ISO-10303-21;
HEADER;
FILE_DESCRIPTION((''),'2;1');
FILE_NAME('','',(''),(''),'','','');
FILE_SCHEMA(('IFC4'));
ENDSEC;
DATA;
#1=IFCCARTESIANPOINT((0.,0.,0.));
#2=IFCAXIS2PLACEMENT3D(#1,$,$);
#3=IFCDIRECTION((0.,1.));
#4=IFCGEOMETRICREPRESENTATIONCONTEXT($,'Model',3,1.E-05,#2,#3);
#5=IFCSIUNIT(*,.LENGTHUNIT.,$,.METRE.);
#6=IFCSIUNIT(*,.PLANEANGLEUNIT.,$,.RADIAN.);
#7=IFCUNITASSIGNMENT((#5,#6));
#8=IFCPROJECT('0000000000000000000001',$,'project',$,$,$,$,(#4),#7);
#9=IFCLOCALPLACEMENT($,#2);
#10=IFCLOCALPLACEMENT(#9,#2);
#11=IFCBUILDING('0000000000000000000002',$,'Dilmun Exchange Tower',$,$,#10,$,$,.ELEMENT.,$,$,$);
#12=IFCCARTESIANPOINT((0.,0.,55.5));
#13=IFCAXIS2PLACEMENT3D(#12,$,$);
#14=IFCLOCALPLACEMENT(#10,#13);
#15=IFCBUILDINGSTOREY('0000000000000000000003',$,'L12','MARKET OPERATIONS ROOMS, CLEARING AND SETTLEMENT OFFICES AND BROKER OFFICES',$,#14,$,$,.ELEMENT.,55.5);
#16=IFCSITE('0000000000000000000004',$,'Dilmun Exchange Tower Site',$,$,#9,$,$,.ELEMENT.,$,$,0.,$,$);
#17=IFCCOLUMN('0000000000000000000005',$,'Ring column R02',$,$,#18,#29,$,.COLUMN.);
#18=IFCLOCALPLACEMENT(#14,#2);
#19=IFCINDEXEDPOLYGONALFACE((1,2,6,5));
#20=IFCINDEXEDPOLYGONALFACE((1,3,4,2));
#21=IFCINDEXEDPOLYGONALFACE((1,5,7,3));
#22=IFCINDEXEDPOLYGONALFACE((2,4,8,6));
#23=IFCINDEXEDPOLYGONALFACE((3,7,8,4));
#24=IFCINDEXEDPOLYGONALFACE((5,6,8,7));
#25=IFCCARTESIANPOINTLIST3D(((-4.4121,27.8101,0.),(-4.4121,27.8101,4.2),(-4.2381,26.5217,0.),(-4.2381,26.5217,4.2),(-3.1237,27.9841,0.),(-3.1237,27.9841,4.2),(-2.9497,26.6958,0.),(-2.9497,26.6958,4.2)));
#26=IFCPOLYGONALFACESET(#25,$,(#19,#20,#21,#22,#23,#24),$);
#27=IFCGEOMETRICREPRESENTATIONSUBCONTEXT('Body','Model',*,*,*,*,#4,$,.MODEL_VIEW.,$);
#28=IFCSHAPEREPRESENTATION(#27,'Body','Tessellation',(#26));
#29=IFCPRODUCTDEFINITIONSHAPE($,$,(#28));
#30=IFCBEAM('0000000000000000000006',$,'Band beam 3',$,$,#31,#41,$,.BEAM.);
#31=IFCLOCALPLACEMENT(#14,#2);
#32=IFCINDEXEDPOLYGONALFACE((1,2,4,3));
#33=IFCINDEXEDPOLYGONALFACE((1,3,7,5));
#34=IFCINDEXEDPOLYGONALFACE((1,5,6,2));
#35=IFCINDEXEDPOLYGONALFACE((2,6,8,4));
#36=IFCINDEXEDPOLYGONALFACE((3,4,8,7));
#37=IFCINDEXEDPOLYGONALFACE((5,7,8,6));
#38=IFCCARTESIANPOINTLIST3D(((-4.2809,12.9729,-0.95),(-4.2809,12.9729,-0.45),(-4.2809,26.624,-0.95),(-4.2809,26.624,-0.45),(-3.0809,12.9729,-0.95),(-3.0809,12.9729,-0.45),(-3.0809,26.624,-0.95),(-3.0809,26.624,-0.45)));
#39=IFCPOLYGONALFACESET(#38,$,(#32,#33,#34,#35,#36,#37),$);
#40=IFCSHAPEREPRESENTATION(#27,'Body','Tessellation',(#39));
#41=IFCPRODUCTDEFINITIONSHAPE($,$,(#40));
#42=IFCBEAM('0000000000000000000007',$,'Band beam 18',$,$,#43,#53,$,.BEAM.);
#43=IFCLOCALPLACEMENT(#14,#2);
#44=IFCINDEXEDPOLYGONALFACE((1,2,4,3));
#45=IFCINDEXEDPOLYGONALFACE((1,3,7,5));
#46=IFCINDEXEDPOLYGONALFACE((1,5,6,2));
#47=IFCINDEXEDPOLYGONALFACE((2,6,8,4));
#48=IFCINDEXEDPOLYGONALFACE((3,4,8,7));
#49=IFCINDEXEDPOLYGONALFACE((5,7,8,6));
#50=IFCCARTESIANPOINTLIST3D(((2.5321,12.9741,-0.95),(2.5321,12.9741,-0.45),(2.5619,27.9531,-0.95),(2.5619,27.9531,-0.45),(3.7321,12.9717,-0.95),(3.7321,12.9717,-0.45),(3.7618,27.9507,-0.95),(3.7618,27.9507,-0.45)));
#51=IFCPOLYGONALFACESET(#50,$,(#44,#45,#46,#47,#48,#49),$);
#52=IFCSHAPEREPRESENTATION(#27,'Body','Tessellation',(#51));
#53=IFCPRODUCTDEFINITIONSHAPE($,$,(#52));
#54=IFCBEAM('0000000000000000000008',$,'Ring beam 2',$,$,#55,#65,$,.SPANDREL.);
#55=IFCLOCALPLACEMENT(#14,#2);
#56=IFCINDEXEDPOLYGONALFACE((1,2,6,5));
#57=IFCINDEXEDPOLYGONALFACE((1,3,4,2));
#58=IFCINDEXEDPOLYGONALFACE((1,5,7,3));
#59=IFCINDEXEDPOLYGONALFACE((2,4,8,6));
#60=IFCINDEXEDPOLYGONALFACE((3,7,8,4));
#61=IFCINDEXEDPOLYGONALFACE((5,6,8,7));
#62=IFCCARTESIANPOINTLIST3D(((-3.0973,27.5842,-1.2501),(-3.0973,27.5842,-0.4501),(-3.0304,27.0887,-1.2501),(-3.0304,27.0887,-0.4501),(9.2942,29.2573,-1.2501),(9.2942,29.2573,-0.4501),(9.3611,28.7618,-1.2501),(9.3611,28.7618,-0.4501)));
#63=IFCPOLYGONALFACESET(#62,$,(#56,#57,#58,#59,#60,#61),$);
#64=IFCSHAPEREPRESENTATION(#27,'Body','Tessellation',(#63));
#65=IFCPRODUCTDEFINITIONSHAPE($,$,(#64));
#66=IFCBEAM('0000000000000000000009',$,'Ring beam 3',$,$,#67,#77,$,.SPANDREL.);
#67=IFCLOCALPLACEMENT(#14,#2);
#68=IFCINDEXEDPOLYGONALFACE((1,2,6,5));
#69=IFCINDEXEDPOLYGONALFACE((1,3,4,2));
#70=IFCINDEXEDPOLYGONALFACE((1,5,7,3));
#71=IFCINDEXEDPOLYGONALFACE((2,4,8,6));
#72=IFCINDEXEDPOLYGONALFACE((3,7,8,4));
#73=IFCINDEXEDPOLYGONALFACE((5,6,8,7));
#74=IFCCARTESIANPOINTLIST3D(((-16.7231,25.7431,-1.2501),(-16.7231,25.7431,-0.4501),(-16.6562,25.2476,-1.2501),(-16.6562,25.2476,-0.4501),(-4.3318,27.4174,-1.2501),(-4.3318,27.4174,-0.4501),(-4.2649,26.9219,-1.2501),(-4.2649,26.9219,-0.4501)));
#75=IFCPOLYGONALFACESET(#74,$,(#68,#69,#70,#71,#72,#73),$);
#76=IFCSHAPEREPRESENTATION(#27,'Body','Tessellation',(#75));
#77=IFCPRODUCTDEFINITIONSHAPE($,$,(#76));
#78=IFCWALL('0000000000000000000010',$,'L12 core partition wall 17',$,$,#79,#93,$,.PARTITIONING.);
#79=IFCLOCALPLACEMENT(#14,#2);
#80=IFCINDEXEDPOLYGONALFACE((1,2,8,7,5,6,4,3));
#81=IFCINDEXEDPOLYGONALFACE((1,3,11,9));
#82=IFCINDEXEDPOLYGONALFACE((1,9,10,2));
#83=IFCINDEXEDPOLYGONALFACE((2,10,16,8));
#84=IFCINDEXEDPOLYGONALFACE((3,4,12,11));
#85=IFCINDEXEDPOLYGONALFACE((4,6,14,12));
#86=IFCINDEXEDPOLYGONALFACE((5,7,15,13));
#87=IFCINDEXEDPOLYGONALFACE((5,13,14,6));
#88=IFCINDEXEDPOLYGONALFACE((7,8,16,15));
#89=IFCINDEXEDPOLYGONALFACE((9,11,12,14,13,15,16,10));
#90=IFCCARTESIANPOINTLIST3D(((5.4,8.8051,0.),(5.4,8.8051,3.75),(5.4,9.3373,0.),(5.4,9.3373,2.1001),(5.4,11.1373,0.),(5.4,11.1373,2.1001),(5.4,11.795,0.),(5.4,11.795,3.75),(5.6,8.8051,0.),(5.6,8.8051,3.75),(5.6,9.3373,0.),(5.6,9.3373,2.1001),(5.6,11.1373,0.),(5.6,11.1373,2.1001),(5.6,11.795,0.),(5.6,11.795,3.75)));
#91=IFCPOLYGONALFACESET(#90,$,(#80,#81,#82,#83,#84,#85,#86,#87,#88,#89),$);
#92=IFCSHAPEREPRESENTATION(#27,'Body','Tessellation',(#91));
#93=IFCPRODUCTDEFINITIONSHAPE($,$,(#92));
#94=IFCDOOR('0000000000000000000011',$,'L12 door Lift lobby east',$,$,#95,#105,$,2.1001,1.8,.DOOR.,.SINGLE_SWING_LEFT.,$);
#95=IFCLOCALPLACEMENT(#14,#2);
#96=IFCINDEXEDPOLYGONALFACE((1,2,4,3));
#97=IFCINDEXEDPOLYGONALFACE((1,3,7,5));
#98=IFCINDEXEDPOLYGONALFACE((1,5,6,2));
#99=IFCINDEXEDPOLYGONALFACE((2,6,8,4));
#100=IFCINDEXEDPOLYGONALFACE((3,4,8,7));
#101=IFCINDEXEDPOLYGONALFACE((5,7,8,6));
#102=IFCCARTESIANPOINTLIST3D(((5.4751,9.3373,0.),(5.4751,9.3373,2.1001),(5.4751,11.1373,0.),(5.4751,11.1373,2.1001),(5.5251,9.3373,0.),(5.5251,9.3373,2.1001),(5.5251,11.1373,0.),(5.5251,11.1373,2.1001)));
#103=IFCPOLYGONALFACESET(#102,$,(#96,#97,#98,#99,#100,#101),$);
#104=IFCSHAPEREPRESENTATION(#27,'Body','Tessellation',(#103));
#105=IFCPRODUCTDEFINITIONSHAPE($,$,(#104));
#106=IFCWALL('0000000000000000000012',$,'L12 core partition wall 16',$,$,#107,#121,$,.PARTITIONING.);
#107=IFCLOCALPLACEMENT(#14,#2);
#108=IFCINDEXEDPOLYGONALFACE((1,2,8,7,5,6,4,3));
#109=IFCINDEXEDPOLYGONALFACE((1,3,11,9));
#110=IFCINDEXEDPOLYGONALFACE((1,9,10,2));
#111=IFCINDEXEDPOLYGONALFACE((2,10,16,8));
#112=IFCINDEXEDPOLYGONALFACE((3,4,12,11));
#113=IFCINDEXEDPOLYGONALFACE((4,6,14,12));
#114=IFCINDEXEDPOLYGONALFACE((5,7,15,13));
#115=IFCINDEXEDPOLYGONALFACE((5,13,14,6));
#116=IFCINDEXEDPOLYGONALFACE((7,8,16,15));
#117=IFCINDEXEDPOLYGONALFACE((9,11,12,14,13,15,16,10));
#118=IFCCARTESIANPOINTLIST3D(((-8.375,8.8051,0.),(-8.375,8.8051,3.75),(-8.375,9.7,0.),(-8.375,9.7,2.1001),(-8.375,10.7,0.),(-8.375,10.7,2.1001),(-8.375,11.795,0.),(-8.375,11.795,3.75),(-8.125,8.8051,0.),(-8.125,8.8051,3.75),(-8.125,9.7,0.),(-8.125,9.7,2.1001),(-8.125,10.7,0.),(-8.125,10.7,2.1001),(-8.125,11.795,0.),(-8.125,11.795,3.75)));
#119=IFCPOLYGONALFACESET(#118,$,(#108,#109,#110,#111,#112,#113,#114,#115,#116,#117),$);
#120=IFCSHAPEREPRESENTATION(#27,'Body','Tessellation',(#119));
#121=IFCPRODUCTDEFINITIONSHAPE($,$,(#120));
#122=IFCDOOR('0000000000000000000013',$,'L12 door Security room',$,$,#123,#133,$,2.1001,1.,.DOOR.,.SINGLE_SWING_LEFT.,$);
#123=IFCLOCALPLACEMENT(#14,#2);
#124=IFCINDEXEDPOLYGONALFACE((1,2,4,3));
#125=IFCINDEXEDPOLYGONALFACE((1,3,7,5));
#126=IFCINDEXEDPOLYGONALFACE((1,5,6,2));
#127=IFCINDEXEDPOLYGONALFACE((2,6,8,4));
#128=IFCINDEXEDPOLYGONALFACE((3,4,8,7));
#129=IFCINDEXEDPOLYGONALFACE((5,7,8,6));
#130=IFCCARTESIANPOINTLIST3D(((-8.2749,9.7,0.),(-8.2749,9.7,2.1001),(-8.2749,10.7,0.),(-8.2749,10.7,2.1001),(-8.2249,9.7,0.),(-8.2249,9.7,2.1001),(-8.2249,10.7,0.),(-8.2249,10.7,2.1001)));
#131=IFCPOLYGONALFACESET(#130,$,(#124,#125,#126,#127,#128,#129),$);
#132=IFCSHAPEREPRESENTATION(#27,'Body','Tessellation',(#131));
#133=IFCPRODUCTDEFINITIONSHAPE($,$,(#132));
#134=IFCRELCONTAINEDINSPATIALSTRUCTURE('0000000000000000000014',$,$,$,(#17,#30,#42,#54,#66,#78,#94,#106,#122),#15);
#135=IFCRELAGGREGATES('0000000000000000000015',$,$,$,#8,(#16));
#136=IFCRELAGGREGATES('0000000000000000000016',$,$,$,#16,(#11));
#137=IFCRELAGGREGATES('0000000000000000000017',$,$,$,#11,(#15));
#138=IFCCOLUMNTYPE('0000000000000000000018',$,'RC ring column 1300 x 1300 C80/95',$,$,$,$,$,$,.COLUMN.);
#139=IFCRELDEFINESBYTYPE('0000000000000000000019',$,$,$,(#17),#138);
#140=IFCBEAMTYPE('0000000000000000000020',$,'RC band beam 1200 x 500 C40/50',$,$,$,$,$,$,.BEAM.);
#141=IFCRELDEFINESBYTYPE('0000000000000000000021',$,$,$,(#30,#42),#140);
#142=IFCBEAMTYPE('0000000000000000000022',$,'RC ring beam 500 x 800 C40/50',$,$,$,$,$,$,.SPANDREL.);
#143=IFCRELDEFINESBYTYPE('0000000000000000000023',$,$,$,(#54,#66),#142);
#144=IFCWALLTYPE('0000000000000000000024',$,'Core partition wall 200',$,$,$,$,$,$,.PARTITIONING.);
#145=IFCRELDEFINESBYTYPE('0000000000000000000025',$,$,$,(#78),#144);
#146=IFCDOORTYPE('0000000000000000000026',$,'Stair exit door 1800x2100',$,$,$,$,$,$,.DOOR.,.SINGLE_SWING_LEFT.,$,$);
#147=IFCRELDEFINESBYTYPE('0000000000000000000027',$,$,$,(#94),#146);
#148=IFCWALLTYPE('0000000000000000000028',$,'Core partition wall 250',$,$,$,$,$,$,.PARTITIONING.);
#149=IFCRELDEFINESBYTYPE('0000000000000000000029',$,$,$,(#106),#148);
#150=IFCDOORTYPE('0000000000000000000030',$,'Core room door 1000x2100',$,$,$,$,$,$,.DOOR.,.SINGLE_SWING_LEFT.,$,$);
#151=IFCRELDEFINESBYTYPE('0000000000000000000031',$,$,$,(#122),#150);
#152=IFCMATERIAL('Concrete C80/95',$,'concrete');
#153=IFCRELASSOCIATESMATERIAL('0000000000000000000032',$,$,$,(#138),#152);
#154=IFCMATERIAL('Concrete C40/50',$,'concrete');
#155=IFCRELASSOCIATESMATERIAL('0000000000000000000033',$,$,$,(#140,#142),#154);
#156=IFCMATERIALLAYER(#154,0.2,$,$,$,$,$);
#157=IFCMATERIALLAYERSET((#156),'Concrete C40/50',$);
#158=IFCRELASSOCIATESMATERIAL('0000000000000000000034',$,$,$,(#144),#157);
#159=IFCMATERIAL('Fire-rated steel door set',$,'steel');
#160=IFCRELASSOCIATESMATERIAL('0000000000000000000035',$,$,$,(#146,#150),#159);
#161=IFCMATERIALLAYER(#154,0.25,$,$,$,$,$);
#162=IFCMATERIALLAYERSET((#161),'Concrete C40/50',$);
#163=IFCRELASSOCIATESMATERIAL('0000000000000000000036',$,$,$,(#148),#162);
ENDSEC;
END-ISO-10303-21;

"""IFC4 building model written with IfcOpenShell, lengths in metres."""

from ifc_helpers import new_model, si_unit, direction, frame, frame_2d, origin, origin_2d, place, context, subcontext, project, spatial, rectangle, extrude, material, layer, layer_set, material_profile, profile_set, type_object, element, fill, save


model = new_model("IFC4")

# Units and contexts
model_context = context("Model", 3, precision=1e-05, world=origin(), true_north=direction((0.0, 1.0)))
body_context = subcontext(model_context, "Body", "Model", "MODEL_VIEW")
ifc_project = project(units=[si_unit("LENGTHUNIT", "METRE"), si_unit("PLANEANGLEUNIT", "RADIAN")], contexts=[model_context])

# Site, building, storey
site_placement = place(None, origin())
site = spatial("IfcSite", under=ifc_project, at=site_placement, Name="Dilmun Exchange Tower Site", CompositionType="ELEMENT", RefElevation=0.0)
building_placement = place(site_placement, origin())
building = spatial("IfcBuilding", under=site, at=building_placement, Name="Dilmun Exchange Tower", CompositionType="ELEMENT")
storey_placement = place(building_placement, frame((0.0, 0.0, 55.5)))
storey = spatial("IfcBuildingStorey", under=building, at=storey_placement, Name="L12", Description="MARKET OPERATIONS ROOMS, CLEARING AND SETTLEMENT OFFICES AND BROKER OFFICES", CompositionType="ELEMENT", Elevation=55.5)

# Column
ifc_material_1 = material(Name="Concrete C80/95", Category="concrete")
ifc_material_profile_1 = material_profile(ifc_material_1, rectangle(XDim=1.3, YDim=1.3, at=origin_2d()), Name="1300 x 1300")
ifc_profile_set_1 = profile_set([ifc_material_profile_1], Name="Concrete C80/95")
column_type = type_object("IfcColumnType", Name="RC ring column 1300 x 1300 C80/95", PredefinedType="COLUMN", material=ifc_profile_set_1)
column_placement = place(storey_placement, frame((-3.6809, 27.2529, 0.0), z_axis=(0.0, 0.0, 1.0), x_axis=(0.991001, 0.133853, 0.0)))
element("IfcColumn", 1, at=column_placement, inside=storey, type_object=column_type, Name="Ring column R02", PredefinedType="COLUMN", context=body_context, shape_type="SweptSolid", body=[
    extrude(rectangle(XDim=1.3, YDim=1.3, at=origin_2d()), origin(), (0.0, 0.0, 1.0), 4.2),
])

# Beams
ifc_material_2 = material(Name="Concrete C40/50", Category="concrete")
ifc_material_profile_2 = material_profile(ifc_material_2, rectangle(XDim=1.2, YDim=0.5, at=origin_2d()), Name="1200 x 500")
ifc_profile_set_2 = profile_set([ifc_material_profile_2], Name="Concrete C40/50")
beam_type_1 = type_object("IfcBeamType", Name="RC band beam 1200 x 500 C40/50", PredefinedType="BEAM", material=ifc_profile_set_2)
beam_1_placement = place(storey_placement, frame((-3.6809, 26.624, -0.7), z_axis=(0.0, -1.0, 0.0), x_axis=(1.0, 0.0, 0.0)))
element("IfcBeam", 2, at=beam_1_placement, inside=storey, type_object=beam_type_1, Name="Band beam 3", PredefinedType="BEAM", context=body_context, shape_type="SweptSolid", body=[
    extrude(rectangle(XDim=1.2, YDim=0.5, at=origin_2d()), origin(), (0.0, 0.0, 1.0), 13.6511),
])
beam_2_placement = place(storey_placement, frame((3.1619, 27.9519, -0.7), z_axis=(-0.001988, -0.999998, 0.0), x_axis=(0.999998, -0.001988, 0.0)))
element("IfcBeam", 3, at=beam_2_placement, inside=storey, type_object=beam_type_1, Name="Band beam 18", PredefinedType="BEAM", context=body_context, shape_type="SweptSolid", body=[
    extrude(rectangle(XDim=1.2, YDim=0.5, at=origin_2d()), origin(), (0.0, 0.0, 1.0), 14.979),
])
ifc_material_profile_3 = material_profile(ifc_material_2, rectangle(XDim=0.5, YDim=0.8, at=origin_2d()), Name="500 x 800")
ifc_profile_set_3 = profile_set([ifc_material_profile_3], Name="Concrete C40/50")
beam_type_2 = type_object("IfcBeamType", Name="RC ring beam 500 x 800 C40/50", PredefinedType="SPANDREL", material=ifc_profile_set_3)
for number, where, z_axis, x_axis, name in (
    (4, (9.3276, 29.0095, -0.8501), (-0.991007, -0.133807, 0.0), (0.133807, -0.991007, 0.0), "Ring beam 2"),
    (5, (-4.2983, 27.1697, -0.8501), (-0.990994, -0.133903, 0.0), (0.133903, -0.990994, 0.0), "Ring beam 3"),
):
    element("IfcBeam", number, at=place(storey_placement, frame(where, z_axis=z_axis, x_axis=x_axis)), inside=storey, type_object=beam_type_2, Name=name, PredefinedType="SPANDREL", context=body_context, shape_type="SweptSolid", body=[
        extrude(rectangle(XDim=0.5, YDim=0.8, at=origin_2d()), origin(), (0.0, 0.0, 1.0), 12.5039),
    ])

# Walls, openings, doors
ifc_layer_1 = layer(ifc_material_2, 0.2)
ifc_layer_set_1 = layer_set([ifc_layer_1], Name="Concrete C40/50")
wall_type_1 = type_object("IfcWallType", Name="Core partition wall 200", PredefinedType="PARTITIONING", material=ifc_layer_set_1)
wall_1_placement = place(storey_placement, frame((5.5, 8.8049, 0.0), z_axis=(0.0, 0.0, 1.0), x_axis=(0.0, 1.0, 0.0)))
wall_1 = element("IfcWall", 6, at=wall_1_placement, inside=storey, type_object=wall_type_1, Name="L12 core partition wall 17", PredefinedType="PARTITIONING", context=body_context, shape_type="SweptSolid", body=[
    extrude(rectangle(XDim=2.99, YDim=0.2, at=frame_2d((1.4951, 0.0))), origin(), (0.0, 0.0, 1.0), 3.75),
])
opening_1_placement = place(wall_1_placement, frame((0.5325, 0.0, 0.0)))
opening_1 = element("IfcOpeningElement", 7, at=opening_1_placement, cuts=wall_1, PredefinedType="OPENING", context=body_context, shape_type="SweptSolid", body=[
    extrude(rectangle(XDim=1.8, YDim=2.1001, at=frame_2d((0.8999, 1.05))), frame((0.0, 0.1099, 0.0), z_axis=(0.0, -1.0, 0.0), x_axis=(1.0, 0.0, 0.0)), (0.0, 0.0, 1.0), 0.22),
])
ifc_material_3 = material(Name="Fire-rated steel door set", Category="steel")
door_type_1 = type_object("IfcDoorType", Name="Stair exit door 1800x2100", OperationType="SINGLE_SWING_LEFT", PredefinedType="DOOR", material=ifc_material_3)
door_1_placement = place(opening_1_placement, origin())
door_1 = element("IfcDoor", 8, at=door_1_placement, inside=storey, type_object=door_type_1, Name="L12 door Lift lobby east", OperationType="SINGLE_SWING_LEFT", OverallHeight=2.1001, OverallWidth=1.8, PredefinedType="DOOR", context=body_context, shape_type="SweptSolid", body=[
    extrude(rectangle(XDim=1.8, YDim=2.1001, at=frame_2d((0.8999, 1.05))), frame((0.0, 0.0249, 0.0), z_axis=(0.0, -1.0, 0.0), x_axis=(1.0, 0.0, 0.0)), (0.0, 0.0, 1.0), 0.05),
])
fill(opening_1, door_1)
ifc_layer_2 = layer(ifc_material_2, 0.25)
ifc_layer_set_2 = layer_set([ifc_layer_2], Name="Concrete C40/50")
wall_type_2 = type_object("IfcWallType", Name="Core partition wall 250", PredefinedType="PARTITIONING", material=ifc_layer_set_2)
wall_2_placement = place(storey_placement, frame((-8.25, 8.8049, 0.0), z_axis=(0.0, 0.0, 1.0), x_axis=(0.0, 1.0, 0.0)))
wall_2 = element("IfcWall", 9, at=wall_2_placement, inside=storey, type_object=wall_type_2, Name="L12 core partition wall 16", PredefinedType="PARTITIONING", context=body_context, shape_type="SweptSolid", body=[
    extrude(rectangle(XDim=2.99, YDim=0.25, at=frame_2d((1.4951, 0.0))), origin(), (0.0, 0.0, 1.0), 3.75),
])
opening_2_placement = place(wall_2_placement, frame((0.895, 0.0, 0.0)))
opening_2 = element("IfcOpeningElement", 10, at=opening_2_placement, cuts=wall_2, PredefinedType="OPENING", context=body_context, shape_type="SweptSolid", body=[
    extrude(rectangle(XDim=1.0, YDim=2.1001, at=frame_2d((0.5, 1.05))), frame((0.0, 0.135, 0.0), z_axis=(0.0, -1.0, 0.0), x_axis=(1.0, 0.0, 0.0)), (0.0, 0.0, 1.0), 0.27),
])
door_type_2 = type_object("IfcDoorType", Name="Core room door 1000x2100", OperationType="SINGLE_SWING_LEFT", PredefinedType="DOOR", material=ifc_material_3)
door_2_placement = place(opening_2_placement, origin())
door_2 = element("IfcDoor", 11, at=door_2_placement, inside=storey, type_object=door_type_2, Name="L12 door Security room", OperationType="SINGLE_SWING_LEFT", OverallHeight=2.1001, OverallWidth=1.0, PredefinedType="DOOR", context=body_context, shape_type="SweptSolid", body=[
    extrude(rectangle(XDim=1.0, YDim=2.1001, at=frame_2d((0.5, 1.05))), frame((0.0, 0.0249, 0.0), z_axis=(0.0, -1.0, 0.0), x_axis=(1.0, 0.0, 0.0)), (0.0, 0.0, 1.0), 0.05),
])
fill(opening_2, door_2)

save(model, "model.ifc")
